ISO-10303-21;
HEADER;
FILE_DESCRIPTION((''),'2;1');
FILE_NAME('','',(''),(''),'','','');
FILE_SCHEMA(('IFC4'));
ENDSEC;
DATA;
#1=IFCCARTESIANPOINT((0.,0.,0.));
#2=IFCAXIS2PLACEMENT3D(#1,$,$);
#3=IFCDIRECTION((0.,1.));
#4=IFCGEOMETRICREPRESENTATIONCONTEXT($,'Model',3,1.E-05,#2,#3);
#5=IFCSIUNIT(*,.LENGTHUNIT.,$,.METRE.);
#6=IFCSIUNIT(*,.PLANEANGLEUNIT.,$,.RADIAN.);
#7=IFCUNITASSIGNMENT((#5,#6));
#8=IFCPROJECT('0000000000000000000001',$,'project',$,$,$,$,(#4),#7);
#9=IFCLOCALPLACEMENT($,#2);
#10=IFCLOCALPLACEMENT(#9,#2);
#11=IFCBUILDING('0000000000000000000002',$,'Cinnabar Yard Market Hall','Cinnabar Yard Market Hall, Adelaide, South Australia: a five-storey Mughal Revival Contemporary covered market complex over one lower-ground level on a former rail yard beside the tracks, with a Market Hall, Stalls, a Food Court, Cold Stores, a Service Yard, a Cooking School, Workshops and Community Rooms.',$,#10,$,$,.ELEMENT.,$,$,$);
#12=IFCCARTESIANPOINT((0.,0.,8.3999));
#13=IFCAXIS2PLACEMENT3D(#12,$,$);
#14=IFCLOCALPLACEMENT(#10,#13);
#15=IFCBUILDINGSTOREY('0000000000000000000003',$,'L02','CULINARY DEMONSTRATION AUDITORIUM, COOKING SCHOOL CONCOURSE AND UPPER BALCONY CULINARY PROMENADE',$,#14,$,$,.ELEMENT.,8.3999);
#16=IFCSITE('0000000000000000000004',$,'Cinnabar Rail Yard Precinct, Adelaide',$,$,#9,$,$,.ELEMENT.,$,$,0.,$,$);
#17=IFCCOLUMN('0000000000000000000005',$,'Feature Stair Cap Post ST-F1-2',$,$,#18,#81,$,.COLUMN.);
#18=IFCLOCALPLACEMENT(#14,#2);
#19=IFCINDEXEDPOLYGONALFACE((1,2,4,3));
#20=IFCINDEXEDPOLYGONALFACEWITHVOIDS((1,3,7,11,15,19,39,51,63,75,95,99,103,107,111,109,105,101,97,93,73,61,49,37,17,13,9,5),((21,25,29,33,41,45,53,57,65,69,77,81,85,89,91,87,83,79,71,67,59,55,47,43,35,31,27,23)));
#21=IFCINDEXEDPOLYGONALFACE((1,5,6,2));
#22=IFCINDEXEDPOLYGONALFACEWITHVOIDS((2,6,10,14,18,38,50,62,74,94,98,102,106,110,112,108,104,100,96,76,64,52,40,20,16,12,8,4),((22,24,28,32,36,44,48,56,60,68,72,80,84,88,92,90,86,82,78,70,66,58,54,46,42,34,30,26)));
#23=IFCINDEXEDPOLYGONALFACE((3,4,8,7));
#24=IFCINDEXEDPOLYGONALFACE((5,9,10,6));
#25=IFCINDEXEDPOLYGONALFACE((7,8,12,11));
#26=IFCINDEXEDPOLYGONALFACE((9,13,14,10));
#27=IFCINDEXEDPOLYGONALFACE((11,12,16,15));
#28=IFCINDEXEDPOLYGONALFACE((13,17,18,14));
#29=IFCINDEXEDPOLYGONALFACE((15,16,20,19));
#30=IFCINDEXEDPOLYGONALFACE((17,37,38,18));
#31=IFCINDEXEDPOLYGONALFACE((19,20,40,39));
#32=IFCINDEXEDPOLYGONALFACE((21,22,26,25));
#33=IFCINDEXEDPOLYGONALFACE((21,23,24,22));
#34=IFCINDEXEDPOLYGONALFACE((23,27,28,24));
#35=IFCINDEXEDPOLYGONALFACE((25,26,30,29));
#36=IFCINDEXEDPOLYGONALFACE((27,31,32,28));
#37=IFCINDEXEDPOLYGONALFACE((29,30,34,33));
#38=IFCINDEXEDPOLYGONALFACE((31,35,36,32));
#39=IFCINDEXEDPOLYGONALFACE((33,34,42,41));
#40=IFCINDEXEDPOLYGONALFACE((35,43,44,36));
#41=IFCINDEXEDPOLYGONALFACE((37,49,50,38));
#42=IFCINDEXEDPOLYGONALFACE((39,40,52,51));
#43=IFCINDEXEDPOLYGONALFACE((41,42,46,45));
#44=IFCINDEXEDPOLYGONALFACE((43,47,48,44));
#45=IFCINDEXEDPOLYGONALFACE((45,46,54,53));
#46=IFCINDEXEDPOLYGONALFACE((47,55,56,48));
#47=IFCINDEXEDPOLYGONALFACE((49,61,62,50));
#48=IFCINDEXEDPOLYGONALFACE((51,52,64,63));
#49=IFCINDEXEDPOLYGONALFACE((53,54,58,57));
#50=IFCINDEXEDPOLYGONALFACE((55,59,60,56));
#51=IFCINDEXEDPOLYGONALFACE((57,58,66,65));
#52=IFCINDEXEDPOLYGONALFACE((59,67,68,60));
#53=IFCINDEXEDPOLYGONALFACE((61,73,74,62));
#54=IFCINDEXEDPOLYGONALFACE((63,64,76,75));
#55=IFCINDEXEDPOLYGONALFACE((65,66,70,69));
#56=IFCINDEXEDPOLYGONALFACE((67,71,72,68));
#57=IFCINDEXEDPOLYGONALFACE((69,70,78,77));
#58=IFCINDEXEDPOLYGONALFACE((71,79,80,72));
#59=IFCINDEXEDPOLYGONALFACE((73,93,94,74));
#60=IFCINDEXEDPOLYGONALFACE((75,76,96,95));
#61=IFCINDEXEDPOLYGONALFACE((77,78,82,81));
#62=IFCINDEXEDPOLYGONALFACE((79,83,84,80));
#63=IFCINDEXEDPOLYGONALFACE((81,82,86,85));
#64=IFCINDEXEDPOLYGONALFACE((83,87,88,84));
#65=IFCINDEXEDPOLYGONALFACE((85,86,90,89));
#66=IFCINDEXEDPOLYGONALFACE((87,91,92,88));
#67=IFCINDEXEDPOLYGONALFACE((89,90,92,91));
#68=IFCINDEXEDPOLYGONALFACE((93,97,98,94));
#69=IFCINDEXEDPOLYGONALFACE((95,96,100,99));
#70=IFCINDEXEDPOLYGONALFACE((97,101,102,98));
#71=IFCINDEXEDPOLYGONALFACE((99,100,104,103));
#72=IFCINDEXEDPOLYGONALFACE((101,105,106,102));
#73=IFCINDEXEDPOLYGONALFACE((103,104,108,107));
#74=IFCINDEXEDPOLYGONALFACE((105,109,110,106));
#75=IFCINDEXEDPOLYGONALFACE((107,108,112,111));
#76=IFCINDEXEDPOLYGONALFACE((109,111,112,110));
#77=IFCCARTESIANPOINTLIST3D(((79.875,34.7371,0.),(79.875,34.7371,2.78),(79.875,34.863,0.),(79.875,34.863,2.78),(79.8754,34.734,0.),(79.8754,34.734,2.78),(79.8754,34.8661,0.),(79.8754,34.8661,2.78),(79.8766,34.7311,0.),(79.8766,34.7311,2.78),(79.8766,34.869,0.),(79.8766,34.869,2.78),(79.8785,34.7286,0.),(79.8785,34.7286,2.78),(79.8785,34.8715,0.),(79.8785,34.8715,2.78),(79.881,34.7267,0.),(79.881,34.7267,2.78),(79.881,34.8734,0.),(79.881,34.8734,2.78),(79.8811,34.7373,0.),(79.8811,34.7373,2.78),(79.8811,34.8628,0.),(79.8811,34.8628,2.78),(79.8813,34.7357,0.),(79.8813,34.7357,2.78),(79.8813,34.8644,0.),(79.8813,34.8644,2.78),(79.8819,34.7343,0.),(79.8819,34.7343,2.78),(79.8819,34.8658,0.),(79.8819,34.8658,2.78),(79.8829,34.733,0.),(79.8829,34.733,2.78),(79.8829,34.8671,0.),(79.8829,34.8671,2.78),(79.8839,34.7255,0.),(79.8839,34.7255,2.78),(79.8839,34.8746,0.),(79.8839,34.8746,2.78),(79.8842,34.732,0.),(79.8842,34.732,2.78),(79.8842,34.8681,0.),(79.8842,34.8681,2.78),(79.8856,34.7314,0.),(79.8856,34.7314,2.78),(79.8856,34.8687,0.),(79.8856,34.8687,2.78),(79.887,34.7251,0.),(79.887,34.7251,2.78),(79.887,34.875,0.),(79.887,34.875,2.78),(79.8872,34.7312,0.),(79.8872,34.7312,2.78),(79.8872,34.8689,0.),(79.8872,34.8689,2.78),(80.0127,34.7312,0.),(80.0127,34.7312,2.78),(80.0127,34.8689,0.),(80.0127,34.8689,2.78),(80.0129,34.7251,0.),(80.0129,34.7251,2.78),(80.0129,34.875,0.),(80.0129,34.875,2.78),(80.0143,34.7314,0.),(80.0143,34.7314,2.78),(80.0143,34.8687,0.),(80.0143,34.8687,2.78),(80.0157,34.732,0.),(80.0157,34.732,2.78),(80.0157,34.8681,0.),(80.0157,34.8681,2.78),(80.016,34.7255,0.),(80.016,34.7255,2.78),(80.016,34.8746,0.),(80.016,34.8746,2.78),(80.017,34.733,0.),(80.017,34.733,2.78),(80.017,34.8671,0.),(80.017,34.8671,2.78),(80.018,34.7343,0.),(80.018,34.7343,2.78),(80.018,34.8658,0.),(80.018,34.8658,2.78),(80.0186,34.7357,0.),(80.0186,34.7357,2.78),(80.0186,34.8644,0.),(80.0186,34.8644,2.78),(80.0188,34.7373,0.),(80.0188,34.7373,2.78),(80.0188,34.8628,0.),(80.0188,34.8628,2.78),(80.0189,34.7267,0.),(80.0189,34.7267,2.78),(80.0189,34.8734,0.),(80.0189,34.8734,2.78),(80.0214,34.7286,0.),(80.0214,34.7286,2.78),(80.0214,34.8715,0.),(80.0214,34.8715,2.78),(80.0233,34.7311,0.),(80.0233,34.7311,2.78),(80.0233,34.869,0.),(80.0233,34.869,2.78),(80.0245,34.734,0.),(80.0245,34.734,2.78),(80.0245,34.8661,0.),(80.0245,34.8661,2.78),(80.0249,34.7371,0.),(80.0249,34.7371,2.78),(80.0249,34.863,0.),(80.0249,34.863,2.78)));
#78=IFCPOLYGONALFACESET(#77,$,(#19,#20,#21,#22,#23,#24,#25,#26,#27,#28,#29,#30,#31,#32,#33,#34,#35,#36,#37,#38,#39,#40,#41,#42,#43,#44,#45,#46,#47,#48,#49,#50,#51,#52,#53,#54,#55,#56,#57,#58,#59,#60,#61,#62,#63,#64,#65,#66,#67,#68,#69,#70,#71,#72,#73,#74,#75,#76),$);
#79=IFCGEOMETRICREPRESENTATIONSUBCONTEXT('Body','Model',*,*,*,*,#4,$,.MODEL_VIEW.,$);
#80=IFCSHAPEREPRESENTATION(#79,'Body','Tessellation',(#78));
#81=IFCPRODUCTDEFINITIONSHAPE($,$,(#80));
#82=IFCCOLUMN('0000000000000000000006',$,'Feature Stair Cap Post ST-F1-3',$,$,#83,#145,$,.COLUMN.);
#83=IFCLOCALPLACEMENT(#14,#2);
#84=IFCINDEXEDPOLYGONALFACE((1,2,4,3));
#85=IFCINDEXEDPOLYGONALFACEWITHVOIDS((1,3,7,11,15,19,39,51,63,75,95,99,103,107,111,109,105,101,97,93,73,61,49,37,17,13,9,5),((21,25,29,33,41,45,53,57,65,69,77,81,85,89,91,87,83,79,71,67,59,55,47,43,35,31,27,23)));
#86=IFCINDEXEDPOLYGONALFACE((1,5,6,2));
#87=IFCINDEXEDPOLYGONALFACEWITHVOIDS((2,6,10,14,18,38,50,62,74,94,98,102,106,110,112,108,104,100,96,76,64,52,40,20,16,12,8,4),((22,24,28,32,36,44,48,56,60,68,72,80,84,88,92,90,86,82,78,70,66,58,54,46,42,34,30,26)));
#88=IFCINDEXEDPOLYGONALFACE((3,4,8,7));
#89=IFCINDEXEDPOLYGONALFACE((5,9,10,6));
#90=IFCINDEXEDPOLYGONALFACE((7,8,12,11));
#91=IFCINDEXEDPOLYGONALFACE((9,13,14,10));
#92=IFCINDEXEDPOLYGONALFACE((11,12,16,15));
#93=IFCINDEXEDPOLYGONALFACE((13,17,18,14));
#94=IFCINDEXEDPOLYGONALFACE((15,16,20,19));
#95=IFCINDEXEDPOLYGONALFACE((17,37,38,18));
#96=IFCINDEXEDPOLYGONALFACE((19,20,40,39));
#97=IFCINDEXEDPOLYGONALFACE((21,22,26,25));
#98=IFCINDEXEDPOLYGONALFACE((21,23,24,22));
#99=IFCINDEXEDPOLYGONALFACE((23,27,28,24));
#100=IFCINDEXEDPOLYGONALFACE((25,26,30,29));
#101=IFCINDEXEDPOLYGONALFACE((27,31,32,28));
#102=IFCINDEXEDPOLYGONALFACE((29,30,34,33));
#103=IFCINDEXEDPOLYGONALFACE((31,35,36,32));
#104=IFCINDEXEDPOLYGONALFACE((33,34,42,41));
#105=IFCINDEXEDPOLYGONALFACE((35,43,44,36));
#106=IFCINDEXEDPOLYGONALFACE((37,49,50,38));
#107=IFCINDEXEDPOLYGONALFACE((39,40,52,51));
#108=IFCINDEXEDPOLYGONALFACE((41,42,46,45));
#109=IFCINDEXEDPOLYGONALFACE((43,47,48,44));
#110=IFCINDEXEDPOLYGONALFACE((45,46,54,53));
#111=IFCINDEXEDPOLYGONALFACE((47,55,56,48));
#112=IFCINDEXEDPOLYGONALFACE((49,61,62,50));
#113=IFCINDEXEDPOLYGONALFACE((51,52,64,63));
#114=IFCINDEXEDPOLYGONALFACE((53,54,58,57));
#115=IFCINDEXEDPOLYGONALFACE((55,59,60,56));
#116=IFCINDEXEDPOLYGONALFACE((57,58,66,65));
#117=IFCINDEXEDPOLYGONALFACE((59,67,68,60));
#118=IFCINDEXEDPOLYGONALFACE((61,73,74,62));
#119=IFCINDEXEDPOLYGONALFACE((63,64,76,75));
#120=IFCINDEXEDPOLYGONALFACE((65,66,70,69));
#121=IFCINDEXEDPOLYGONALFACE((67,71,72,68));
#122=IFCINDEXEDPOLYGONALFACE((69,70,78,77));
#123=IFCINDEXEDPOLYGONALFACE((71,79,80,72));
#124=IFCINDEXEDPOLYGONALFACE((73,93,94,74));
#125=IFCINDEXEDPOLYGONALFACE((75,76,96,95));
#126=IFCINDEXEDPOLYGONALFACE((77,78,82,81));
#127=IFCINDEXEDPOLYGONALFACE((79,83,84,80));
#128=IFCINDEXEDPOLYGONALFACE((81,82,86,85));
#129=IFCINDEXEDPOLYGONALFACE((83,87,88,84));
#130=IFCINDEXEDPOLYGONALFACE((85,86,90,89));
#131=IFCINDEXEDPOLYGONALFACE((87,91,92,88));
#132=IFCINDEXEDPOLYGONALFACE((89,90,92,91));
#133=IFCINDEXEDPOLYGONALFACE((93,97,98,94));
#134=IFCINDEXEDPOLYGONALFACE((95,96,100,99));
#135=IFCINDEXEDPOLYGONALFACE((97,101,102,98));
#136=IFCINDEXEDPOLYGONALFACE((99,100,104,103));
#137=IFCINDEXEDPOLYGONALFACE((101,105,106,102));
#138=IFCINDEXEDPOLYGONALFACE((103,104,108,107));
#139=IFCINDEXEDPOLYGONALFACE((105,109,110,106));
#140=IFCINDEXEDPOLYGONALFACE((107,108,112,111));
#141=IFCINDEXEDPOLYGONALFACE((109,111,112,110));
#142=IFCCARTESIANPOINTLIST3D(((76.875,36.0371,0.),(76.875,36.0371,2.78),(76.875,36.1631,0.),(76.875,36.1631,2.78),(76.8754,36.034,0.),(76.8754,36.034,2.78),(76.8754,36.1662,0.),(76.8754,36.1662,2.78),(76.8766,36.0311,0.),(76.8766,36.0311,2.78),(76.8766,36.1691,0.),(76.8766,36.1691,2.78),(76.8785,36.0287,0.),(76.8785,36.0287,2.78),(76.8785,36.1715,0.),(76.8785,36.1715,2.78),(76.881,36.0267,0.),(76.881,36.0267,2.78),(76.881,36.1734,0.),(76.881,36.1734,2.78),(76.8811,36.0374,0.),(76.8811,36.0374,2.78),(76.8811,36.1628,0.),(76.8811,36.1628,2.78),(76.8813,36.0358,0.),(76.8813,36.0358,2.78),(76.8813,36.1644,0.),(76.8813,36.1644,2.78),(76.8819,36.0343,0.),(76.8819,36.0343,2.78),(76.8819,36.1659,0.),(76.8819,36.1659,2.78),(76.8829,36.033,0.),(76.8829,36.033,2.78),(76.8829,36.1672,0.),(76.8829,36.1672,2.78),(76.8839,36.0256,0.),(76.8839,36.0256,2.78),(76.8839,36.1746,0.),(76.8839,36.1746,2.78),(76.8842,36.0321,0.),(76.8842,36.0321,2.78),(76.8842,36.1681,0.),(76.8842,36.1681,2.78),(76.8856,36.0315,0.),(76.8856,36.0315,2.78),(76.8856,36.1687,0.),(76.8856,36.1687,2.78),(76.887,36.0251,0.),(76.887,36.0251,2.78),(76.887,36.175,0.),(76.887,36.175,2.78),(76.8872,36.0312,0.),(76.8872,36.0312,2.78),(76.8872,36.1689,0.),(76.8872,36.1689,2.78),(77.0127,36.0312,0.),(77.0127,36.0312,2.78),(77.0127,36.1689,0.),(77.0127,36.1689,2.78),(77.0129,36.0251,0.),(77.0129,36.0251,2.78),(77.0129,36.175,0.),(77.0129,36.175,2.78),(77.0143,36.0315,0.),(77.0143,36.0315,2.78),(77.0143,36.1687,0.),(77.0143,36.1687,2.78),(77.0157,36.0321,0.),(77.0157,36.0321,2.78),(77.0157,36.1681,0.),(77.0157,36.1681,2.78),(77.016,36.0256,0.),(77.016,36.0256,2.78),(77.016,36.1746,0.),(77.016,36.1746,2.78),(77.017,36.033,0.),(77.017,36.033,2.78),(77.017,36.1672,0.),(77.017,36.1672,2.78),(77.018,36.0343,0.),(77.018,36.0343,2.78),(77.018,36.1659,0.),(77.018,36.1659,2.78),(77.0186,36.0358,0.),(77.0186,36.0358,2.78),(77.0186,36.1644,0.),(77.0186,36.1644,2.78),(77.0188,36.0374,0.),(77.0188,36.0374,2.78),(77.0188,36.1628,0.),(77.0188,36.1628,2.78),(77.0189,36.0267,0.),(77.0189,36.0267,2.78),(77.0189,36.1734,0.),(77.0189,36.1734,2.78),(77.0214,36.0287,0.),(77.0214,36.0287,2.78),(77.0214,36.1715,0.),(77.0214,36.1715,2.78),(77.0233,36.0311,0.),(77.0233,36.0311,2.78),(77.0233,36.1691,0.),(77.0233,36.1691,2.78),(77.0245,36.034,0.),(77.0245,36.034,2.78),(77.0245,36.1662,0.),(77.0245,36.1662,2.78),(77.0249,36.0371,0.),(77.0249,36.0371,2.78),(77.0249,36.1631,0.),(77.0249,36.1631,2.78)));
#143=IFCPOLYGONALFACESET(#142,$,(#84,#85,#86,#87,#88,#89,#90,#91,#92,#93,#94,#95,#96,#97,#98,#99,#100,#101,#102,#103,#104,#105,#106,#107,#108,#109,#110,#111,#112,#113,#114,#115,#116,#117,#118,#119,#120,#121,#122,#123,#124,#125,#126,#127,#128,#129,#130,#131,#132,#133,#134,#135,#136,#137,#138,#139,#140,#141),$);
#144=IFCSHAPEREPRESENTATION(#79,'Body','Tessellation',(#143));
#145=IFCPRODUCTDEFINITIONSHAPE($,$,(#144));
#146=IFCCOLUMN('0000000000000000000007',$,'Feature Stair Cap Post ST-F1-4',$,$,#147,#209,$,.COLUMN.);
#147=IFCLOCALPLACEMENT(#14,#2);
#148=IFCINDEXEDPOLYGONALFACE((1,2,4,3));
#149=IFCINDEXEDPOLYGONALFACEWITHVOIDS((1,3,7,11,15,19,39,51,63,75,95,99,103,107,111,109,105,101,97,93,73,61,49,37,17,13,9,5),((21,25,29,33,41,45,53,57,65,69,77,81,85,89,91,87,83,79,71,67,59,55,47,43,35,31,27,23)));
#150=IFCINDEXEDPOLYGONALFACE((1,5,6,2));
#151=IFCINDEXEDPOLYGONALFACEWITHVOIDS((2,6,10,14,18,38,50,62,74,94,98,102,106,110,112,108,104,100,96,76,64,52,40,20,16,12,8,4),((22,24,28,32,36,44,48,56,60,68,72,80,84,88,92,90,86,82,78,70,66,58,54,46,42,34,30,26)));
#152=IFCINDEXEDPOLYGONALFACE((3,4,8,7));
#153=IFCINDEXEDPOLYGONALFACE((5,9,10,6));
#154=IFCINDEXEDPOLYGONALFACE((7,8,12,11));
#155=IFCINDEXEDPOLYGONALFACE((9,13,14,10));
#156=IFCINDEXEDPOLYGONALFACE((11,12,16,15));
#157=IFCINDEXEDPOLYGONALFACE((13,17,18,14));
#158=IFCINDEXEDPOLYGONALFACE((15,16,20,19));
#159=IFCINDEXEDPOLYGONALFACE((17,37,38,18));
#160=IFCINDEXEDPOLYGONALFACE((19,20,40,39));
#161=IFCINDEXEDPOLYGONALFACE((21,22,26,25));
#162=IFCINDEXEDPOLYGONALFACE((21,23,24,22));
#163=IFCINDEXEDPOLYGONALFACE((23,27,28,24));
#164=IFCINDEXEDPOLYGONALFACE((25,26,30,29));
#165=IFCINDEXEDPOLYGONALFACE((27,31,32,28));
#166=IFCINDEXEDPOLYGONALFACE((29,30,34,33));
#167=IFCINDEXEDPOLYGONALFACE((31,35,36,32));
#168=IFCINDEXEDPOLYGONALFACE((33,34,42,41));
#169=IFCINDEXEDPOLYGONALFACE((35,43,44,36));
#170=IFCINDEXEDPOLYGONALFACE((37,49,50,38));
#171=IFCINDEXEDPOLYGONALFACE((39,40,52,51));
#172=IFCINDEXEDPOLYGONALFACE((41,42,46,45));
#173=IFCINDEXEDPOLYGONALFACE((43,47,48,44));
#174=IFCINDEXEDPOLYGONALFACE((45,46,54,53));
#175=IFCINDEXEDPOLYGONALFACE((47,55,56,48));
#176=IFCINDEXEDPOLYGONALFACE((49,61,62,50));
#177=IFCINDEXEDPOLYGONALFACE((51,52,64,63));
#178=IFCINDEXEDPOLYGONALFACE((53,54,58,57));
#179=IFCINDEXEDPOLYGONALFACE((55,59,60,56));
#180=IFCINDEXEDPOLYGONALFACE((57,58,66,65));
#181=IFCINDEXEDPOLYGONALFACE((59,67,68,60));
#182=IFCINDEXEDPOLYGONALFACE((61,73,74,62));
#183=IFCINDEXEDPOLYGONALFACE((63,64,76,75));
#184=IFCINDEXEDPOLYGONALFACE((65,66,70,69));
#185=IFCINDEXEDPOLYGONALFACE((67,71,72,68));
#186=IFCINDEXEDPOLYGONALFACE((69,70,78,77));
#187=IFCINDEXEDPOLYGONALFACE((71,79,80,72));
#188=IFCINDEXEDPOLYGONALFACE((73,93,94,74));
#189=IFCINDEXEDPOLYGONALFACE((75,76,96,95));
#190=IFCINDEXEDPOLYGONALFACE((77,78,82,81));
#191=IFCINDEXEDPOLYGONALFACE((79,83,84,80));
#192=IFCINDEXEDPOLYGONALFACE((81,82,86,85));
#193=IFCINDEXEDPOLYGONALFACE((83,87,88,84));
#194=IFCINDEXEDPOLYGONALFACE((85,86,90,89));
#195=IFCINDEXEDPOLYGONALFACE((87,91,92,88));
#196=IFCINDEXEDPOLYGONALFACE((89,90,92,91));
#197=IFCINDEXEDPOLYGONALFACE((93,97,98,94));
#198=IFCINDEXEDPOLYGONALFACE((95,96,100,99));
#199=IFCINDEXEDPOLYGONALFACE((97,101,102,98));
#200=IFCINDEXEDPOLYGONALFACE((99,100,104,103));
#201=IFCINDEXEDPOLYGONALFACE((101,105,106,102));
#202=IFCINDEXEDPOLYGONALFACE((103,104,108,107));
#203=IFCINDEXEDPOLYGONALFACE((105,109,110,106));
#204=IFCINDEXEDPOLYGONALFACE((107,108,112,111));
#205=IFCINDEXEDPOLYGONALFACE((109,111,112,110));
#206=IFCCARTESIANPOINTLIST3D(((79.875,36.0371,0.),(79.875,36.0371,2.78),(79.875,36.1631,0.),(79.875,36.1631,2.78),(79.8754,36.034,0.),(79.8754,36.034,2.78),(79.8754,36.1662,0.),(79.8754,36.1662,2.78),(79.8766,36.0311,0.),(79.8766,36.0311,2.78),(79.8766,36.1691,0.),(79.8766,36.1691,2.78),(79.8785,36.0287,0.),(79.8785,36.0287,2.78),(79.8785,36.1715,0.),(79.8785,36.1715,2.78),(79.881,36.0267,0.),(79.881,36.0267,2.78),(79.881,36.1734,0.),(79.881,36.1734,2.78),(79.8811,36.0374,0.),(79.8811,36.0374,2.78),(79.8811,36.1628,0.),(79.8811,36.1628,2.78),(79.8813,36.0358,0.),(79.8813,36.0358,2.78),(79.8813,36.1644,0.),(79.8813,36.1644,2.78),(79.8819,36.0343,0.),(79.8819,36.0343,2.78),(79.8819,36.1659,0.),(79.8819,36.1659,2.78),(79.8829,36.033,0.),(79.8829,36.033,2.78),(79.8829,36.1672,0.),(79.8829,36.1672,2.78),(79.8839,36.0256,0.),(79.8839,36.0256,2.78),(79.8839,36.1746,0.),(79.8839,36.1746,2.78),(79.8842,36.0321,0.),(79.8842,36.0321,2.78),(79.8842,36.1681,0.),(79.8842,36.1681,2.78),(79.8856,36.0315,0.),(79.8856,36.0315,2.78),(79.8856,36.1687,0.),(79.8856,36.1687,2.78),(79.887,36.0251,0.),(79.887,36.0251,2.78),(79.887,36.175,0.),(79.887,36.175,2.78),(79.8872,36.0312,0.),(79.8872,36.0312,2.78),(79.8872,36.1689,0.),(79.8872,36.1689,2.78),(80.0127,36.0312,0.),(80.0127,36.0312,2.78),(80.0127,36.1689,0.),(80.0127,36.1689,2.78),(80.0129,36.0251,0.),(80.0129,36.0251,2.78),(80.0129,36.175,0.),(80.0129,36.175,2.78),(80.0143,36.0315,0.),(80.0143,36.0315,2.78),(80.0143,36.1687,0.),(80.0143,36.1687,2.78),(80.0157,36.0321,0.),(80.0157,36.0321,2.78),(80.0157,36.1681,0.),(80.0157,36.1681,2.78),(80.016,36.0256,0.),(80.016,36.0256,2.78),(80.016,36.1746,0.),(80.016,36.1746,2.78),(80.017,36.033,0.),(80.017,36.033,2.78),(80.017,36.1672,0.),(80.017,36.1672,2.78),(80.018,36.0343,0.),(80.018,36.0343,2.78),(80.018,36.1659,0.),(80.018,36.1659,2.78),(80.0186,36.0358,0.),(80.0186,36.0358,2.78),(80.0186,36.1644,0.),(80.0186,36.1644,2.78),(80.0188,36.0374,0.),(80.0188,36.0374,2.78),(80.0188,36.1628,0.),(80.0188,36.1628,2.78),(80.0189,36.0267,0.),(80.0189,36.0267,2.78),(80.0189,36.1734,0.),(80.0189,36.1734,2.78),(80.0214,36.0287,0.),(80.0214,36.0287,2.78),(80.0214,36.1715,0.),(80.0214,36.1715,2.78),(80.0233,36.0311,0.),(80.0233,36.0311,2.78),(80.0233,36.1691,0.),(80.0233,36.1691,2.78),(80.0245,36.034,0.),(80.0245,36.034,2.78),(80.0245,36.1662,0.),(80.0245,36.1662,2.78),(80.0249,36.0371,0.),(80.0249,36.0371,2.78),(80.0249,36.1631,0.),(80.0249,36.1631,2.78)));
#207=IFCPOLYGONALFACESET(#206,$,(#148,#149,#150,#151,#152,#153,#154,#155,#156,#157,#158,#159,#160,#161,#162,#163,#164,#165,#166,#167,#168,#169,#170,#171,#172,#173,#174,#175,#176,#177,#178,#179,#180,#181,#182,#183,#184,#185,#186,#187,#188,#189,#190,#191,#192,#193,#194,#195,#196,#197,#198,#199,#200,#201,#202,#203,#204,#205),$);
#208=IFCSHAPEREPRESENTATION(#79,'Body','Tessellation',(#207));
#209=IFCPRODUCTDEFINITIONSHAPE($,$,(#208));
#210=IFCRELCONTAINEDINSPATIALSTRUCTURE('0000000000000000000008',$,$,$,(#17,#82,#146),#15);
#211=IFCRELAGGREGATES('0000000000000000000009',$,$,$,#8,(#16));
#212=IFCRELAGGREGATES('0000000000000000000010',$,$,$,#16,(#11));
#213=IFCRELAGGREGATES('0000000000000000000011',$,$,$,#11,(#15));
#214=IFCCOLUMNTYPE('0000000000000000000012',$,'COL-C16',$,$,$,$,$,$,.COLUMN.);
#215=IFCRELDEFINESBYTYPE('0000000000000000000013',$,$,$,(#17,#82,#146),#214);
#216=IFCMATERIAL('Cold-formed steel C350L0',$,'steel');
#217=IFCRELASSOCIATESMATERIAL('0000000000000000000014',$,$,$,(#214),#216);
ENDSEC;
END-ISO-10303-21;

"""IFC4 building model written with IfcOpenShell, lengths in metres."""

from ifc_helpers import new_model, si_unit, direction, frame, origin, origin_2d_with_axis, place, context, subcontext, project, spatial, hollow_rectangle, extrude, material, material_profile, profile_set, type_object, element, save


model = new_model("IFC4")

# Units and contexts
model_context = context("Model", 3, precision=1e-05, world=origin(), true_north=direction((0.0, 1.0)))
body_context = subcontext(model_context, "Body", "Model", "MODEL_VIEW")
ifc_project = project(units=[si_unit("LENGTHUNIT", "METRE"), si_unit("PLANEANGLEUNIT", "RADIAN")], contexts=[model_context])

# Site, building, storey
site_placement = place(None, origin())
site = spatial("IfcSite", under=ifc_project, at=site_placement, Name="Cinnabar Rail Yard Precinct, Adelaide", CompositionType="ELEMENT", RefElevation=0.0)
building_placement = place(site_placement, origin())
building = spatial("IfcBuilding", under=site, at=building_placement, Name="Cinnabar Yard Market Hall", Description="Cinnabar Yard Market Hall, Adelaide, South Australia: a five-storey Mughal Revival Contemporary covered market complex over one lower-ground level on a former rail yard beside the tracks, with a Market Hall, Stalls, a Food Court, Cold Stores, a Service Yard, a Cooking School, Workshops and Community Rooms.", CompositionType="ELEMENT")
storey_placement = place(building_placement, frame((0.0, 0.0, 8.3999)))
storey = spatial("IfcBuildingStorey", under=building, at=storey_placement, Name="L02", Description="CULINARY DEMONSTRATION AUDITORIUM, COOKING SCHOOL CONCOURSE AND UPPER BALCONY CULINARY PROMENADE", CompositionType="ELEMENT", Elevation=8.3999)

# Columns
ifc_material_1 = material(Name="Cold-formed steel C350L0", Category="steel")
ifc_material_profile_1 = material_profile(ifc_material_1, hollow_rectangle(XDim=0.1499, YDim=0.1499, WallThickness=0.0061, InnerFilletRadius=0.0061, OuterFilletRadius=0.012, at=origin_2d_with_axis()), Name="150x150x6.0SHS")
ifc_profile_set_1 = profile_set([ifc_material_profile_1], Name="Cold-formed steel C350L0")
column_type_1 = type_object("IfcColumnType", Name="COL-C16", PredefinedType="COLUMN", material=ifc_profile_set_1)
for number, where, z_axis, x_axis, name in (
    (1, (79.95, 34.8, 0.0), (0.0, 0.0, 1.0), (1.0, 0.0, 0.0), "Feature Stair Cap Post ST-F1-2"),
    (2, (76.95, 36.1001, 0.0), (0.0, 0.0, 1.0), (1.0, 0.0, 0.0), "Feature Stair Cap Post ST-F1-3"),
    (3, (79.95, 36.1001, 0.0), (0.0, 0.0, 1.0), (1.0, 0.0, 0.0), "Feature Stair Cap Post ST-F1-4"),
):
    element("IfcColumn", number, at=place(storey_placement, frame(where, z_axis=z_axis, x_axis=x_axis)), inside=storey, type_object=column_type_1, Name=name, PredefinedType="COLUMN", context=body_context, shape_type="SweptSolid", body=[
        extrude(hollow_rectangle(XDim=0.1499, YDim=0.1499, WallThickness=0.0061, InnerFilletRadius=0.0061, OuterFilletRadius=0.012, at=origin_2d_with_axis()), origin(), (0.0, 0.0, 1.0), 2.78),
    ])

save(model, "model.ifc")
